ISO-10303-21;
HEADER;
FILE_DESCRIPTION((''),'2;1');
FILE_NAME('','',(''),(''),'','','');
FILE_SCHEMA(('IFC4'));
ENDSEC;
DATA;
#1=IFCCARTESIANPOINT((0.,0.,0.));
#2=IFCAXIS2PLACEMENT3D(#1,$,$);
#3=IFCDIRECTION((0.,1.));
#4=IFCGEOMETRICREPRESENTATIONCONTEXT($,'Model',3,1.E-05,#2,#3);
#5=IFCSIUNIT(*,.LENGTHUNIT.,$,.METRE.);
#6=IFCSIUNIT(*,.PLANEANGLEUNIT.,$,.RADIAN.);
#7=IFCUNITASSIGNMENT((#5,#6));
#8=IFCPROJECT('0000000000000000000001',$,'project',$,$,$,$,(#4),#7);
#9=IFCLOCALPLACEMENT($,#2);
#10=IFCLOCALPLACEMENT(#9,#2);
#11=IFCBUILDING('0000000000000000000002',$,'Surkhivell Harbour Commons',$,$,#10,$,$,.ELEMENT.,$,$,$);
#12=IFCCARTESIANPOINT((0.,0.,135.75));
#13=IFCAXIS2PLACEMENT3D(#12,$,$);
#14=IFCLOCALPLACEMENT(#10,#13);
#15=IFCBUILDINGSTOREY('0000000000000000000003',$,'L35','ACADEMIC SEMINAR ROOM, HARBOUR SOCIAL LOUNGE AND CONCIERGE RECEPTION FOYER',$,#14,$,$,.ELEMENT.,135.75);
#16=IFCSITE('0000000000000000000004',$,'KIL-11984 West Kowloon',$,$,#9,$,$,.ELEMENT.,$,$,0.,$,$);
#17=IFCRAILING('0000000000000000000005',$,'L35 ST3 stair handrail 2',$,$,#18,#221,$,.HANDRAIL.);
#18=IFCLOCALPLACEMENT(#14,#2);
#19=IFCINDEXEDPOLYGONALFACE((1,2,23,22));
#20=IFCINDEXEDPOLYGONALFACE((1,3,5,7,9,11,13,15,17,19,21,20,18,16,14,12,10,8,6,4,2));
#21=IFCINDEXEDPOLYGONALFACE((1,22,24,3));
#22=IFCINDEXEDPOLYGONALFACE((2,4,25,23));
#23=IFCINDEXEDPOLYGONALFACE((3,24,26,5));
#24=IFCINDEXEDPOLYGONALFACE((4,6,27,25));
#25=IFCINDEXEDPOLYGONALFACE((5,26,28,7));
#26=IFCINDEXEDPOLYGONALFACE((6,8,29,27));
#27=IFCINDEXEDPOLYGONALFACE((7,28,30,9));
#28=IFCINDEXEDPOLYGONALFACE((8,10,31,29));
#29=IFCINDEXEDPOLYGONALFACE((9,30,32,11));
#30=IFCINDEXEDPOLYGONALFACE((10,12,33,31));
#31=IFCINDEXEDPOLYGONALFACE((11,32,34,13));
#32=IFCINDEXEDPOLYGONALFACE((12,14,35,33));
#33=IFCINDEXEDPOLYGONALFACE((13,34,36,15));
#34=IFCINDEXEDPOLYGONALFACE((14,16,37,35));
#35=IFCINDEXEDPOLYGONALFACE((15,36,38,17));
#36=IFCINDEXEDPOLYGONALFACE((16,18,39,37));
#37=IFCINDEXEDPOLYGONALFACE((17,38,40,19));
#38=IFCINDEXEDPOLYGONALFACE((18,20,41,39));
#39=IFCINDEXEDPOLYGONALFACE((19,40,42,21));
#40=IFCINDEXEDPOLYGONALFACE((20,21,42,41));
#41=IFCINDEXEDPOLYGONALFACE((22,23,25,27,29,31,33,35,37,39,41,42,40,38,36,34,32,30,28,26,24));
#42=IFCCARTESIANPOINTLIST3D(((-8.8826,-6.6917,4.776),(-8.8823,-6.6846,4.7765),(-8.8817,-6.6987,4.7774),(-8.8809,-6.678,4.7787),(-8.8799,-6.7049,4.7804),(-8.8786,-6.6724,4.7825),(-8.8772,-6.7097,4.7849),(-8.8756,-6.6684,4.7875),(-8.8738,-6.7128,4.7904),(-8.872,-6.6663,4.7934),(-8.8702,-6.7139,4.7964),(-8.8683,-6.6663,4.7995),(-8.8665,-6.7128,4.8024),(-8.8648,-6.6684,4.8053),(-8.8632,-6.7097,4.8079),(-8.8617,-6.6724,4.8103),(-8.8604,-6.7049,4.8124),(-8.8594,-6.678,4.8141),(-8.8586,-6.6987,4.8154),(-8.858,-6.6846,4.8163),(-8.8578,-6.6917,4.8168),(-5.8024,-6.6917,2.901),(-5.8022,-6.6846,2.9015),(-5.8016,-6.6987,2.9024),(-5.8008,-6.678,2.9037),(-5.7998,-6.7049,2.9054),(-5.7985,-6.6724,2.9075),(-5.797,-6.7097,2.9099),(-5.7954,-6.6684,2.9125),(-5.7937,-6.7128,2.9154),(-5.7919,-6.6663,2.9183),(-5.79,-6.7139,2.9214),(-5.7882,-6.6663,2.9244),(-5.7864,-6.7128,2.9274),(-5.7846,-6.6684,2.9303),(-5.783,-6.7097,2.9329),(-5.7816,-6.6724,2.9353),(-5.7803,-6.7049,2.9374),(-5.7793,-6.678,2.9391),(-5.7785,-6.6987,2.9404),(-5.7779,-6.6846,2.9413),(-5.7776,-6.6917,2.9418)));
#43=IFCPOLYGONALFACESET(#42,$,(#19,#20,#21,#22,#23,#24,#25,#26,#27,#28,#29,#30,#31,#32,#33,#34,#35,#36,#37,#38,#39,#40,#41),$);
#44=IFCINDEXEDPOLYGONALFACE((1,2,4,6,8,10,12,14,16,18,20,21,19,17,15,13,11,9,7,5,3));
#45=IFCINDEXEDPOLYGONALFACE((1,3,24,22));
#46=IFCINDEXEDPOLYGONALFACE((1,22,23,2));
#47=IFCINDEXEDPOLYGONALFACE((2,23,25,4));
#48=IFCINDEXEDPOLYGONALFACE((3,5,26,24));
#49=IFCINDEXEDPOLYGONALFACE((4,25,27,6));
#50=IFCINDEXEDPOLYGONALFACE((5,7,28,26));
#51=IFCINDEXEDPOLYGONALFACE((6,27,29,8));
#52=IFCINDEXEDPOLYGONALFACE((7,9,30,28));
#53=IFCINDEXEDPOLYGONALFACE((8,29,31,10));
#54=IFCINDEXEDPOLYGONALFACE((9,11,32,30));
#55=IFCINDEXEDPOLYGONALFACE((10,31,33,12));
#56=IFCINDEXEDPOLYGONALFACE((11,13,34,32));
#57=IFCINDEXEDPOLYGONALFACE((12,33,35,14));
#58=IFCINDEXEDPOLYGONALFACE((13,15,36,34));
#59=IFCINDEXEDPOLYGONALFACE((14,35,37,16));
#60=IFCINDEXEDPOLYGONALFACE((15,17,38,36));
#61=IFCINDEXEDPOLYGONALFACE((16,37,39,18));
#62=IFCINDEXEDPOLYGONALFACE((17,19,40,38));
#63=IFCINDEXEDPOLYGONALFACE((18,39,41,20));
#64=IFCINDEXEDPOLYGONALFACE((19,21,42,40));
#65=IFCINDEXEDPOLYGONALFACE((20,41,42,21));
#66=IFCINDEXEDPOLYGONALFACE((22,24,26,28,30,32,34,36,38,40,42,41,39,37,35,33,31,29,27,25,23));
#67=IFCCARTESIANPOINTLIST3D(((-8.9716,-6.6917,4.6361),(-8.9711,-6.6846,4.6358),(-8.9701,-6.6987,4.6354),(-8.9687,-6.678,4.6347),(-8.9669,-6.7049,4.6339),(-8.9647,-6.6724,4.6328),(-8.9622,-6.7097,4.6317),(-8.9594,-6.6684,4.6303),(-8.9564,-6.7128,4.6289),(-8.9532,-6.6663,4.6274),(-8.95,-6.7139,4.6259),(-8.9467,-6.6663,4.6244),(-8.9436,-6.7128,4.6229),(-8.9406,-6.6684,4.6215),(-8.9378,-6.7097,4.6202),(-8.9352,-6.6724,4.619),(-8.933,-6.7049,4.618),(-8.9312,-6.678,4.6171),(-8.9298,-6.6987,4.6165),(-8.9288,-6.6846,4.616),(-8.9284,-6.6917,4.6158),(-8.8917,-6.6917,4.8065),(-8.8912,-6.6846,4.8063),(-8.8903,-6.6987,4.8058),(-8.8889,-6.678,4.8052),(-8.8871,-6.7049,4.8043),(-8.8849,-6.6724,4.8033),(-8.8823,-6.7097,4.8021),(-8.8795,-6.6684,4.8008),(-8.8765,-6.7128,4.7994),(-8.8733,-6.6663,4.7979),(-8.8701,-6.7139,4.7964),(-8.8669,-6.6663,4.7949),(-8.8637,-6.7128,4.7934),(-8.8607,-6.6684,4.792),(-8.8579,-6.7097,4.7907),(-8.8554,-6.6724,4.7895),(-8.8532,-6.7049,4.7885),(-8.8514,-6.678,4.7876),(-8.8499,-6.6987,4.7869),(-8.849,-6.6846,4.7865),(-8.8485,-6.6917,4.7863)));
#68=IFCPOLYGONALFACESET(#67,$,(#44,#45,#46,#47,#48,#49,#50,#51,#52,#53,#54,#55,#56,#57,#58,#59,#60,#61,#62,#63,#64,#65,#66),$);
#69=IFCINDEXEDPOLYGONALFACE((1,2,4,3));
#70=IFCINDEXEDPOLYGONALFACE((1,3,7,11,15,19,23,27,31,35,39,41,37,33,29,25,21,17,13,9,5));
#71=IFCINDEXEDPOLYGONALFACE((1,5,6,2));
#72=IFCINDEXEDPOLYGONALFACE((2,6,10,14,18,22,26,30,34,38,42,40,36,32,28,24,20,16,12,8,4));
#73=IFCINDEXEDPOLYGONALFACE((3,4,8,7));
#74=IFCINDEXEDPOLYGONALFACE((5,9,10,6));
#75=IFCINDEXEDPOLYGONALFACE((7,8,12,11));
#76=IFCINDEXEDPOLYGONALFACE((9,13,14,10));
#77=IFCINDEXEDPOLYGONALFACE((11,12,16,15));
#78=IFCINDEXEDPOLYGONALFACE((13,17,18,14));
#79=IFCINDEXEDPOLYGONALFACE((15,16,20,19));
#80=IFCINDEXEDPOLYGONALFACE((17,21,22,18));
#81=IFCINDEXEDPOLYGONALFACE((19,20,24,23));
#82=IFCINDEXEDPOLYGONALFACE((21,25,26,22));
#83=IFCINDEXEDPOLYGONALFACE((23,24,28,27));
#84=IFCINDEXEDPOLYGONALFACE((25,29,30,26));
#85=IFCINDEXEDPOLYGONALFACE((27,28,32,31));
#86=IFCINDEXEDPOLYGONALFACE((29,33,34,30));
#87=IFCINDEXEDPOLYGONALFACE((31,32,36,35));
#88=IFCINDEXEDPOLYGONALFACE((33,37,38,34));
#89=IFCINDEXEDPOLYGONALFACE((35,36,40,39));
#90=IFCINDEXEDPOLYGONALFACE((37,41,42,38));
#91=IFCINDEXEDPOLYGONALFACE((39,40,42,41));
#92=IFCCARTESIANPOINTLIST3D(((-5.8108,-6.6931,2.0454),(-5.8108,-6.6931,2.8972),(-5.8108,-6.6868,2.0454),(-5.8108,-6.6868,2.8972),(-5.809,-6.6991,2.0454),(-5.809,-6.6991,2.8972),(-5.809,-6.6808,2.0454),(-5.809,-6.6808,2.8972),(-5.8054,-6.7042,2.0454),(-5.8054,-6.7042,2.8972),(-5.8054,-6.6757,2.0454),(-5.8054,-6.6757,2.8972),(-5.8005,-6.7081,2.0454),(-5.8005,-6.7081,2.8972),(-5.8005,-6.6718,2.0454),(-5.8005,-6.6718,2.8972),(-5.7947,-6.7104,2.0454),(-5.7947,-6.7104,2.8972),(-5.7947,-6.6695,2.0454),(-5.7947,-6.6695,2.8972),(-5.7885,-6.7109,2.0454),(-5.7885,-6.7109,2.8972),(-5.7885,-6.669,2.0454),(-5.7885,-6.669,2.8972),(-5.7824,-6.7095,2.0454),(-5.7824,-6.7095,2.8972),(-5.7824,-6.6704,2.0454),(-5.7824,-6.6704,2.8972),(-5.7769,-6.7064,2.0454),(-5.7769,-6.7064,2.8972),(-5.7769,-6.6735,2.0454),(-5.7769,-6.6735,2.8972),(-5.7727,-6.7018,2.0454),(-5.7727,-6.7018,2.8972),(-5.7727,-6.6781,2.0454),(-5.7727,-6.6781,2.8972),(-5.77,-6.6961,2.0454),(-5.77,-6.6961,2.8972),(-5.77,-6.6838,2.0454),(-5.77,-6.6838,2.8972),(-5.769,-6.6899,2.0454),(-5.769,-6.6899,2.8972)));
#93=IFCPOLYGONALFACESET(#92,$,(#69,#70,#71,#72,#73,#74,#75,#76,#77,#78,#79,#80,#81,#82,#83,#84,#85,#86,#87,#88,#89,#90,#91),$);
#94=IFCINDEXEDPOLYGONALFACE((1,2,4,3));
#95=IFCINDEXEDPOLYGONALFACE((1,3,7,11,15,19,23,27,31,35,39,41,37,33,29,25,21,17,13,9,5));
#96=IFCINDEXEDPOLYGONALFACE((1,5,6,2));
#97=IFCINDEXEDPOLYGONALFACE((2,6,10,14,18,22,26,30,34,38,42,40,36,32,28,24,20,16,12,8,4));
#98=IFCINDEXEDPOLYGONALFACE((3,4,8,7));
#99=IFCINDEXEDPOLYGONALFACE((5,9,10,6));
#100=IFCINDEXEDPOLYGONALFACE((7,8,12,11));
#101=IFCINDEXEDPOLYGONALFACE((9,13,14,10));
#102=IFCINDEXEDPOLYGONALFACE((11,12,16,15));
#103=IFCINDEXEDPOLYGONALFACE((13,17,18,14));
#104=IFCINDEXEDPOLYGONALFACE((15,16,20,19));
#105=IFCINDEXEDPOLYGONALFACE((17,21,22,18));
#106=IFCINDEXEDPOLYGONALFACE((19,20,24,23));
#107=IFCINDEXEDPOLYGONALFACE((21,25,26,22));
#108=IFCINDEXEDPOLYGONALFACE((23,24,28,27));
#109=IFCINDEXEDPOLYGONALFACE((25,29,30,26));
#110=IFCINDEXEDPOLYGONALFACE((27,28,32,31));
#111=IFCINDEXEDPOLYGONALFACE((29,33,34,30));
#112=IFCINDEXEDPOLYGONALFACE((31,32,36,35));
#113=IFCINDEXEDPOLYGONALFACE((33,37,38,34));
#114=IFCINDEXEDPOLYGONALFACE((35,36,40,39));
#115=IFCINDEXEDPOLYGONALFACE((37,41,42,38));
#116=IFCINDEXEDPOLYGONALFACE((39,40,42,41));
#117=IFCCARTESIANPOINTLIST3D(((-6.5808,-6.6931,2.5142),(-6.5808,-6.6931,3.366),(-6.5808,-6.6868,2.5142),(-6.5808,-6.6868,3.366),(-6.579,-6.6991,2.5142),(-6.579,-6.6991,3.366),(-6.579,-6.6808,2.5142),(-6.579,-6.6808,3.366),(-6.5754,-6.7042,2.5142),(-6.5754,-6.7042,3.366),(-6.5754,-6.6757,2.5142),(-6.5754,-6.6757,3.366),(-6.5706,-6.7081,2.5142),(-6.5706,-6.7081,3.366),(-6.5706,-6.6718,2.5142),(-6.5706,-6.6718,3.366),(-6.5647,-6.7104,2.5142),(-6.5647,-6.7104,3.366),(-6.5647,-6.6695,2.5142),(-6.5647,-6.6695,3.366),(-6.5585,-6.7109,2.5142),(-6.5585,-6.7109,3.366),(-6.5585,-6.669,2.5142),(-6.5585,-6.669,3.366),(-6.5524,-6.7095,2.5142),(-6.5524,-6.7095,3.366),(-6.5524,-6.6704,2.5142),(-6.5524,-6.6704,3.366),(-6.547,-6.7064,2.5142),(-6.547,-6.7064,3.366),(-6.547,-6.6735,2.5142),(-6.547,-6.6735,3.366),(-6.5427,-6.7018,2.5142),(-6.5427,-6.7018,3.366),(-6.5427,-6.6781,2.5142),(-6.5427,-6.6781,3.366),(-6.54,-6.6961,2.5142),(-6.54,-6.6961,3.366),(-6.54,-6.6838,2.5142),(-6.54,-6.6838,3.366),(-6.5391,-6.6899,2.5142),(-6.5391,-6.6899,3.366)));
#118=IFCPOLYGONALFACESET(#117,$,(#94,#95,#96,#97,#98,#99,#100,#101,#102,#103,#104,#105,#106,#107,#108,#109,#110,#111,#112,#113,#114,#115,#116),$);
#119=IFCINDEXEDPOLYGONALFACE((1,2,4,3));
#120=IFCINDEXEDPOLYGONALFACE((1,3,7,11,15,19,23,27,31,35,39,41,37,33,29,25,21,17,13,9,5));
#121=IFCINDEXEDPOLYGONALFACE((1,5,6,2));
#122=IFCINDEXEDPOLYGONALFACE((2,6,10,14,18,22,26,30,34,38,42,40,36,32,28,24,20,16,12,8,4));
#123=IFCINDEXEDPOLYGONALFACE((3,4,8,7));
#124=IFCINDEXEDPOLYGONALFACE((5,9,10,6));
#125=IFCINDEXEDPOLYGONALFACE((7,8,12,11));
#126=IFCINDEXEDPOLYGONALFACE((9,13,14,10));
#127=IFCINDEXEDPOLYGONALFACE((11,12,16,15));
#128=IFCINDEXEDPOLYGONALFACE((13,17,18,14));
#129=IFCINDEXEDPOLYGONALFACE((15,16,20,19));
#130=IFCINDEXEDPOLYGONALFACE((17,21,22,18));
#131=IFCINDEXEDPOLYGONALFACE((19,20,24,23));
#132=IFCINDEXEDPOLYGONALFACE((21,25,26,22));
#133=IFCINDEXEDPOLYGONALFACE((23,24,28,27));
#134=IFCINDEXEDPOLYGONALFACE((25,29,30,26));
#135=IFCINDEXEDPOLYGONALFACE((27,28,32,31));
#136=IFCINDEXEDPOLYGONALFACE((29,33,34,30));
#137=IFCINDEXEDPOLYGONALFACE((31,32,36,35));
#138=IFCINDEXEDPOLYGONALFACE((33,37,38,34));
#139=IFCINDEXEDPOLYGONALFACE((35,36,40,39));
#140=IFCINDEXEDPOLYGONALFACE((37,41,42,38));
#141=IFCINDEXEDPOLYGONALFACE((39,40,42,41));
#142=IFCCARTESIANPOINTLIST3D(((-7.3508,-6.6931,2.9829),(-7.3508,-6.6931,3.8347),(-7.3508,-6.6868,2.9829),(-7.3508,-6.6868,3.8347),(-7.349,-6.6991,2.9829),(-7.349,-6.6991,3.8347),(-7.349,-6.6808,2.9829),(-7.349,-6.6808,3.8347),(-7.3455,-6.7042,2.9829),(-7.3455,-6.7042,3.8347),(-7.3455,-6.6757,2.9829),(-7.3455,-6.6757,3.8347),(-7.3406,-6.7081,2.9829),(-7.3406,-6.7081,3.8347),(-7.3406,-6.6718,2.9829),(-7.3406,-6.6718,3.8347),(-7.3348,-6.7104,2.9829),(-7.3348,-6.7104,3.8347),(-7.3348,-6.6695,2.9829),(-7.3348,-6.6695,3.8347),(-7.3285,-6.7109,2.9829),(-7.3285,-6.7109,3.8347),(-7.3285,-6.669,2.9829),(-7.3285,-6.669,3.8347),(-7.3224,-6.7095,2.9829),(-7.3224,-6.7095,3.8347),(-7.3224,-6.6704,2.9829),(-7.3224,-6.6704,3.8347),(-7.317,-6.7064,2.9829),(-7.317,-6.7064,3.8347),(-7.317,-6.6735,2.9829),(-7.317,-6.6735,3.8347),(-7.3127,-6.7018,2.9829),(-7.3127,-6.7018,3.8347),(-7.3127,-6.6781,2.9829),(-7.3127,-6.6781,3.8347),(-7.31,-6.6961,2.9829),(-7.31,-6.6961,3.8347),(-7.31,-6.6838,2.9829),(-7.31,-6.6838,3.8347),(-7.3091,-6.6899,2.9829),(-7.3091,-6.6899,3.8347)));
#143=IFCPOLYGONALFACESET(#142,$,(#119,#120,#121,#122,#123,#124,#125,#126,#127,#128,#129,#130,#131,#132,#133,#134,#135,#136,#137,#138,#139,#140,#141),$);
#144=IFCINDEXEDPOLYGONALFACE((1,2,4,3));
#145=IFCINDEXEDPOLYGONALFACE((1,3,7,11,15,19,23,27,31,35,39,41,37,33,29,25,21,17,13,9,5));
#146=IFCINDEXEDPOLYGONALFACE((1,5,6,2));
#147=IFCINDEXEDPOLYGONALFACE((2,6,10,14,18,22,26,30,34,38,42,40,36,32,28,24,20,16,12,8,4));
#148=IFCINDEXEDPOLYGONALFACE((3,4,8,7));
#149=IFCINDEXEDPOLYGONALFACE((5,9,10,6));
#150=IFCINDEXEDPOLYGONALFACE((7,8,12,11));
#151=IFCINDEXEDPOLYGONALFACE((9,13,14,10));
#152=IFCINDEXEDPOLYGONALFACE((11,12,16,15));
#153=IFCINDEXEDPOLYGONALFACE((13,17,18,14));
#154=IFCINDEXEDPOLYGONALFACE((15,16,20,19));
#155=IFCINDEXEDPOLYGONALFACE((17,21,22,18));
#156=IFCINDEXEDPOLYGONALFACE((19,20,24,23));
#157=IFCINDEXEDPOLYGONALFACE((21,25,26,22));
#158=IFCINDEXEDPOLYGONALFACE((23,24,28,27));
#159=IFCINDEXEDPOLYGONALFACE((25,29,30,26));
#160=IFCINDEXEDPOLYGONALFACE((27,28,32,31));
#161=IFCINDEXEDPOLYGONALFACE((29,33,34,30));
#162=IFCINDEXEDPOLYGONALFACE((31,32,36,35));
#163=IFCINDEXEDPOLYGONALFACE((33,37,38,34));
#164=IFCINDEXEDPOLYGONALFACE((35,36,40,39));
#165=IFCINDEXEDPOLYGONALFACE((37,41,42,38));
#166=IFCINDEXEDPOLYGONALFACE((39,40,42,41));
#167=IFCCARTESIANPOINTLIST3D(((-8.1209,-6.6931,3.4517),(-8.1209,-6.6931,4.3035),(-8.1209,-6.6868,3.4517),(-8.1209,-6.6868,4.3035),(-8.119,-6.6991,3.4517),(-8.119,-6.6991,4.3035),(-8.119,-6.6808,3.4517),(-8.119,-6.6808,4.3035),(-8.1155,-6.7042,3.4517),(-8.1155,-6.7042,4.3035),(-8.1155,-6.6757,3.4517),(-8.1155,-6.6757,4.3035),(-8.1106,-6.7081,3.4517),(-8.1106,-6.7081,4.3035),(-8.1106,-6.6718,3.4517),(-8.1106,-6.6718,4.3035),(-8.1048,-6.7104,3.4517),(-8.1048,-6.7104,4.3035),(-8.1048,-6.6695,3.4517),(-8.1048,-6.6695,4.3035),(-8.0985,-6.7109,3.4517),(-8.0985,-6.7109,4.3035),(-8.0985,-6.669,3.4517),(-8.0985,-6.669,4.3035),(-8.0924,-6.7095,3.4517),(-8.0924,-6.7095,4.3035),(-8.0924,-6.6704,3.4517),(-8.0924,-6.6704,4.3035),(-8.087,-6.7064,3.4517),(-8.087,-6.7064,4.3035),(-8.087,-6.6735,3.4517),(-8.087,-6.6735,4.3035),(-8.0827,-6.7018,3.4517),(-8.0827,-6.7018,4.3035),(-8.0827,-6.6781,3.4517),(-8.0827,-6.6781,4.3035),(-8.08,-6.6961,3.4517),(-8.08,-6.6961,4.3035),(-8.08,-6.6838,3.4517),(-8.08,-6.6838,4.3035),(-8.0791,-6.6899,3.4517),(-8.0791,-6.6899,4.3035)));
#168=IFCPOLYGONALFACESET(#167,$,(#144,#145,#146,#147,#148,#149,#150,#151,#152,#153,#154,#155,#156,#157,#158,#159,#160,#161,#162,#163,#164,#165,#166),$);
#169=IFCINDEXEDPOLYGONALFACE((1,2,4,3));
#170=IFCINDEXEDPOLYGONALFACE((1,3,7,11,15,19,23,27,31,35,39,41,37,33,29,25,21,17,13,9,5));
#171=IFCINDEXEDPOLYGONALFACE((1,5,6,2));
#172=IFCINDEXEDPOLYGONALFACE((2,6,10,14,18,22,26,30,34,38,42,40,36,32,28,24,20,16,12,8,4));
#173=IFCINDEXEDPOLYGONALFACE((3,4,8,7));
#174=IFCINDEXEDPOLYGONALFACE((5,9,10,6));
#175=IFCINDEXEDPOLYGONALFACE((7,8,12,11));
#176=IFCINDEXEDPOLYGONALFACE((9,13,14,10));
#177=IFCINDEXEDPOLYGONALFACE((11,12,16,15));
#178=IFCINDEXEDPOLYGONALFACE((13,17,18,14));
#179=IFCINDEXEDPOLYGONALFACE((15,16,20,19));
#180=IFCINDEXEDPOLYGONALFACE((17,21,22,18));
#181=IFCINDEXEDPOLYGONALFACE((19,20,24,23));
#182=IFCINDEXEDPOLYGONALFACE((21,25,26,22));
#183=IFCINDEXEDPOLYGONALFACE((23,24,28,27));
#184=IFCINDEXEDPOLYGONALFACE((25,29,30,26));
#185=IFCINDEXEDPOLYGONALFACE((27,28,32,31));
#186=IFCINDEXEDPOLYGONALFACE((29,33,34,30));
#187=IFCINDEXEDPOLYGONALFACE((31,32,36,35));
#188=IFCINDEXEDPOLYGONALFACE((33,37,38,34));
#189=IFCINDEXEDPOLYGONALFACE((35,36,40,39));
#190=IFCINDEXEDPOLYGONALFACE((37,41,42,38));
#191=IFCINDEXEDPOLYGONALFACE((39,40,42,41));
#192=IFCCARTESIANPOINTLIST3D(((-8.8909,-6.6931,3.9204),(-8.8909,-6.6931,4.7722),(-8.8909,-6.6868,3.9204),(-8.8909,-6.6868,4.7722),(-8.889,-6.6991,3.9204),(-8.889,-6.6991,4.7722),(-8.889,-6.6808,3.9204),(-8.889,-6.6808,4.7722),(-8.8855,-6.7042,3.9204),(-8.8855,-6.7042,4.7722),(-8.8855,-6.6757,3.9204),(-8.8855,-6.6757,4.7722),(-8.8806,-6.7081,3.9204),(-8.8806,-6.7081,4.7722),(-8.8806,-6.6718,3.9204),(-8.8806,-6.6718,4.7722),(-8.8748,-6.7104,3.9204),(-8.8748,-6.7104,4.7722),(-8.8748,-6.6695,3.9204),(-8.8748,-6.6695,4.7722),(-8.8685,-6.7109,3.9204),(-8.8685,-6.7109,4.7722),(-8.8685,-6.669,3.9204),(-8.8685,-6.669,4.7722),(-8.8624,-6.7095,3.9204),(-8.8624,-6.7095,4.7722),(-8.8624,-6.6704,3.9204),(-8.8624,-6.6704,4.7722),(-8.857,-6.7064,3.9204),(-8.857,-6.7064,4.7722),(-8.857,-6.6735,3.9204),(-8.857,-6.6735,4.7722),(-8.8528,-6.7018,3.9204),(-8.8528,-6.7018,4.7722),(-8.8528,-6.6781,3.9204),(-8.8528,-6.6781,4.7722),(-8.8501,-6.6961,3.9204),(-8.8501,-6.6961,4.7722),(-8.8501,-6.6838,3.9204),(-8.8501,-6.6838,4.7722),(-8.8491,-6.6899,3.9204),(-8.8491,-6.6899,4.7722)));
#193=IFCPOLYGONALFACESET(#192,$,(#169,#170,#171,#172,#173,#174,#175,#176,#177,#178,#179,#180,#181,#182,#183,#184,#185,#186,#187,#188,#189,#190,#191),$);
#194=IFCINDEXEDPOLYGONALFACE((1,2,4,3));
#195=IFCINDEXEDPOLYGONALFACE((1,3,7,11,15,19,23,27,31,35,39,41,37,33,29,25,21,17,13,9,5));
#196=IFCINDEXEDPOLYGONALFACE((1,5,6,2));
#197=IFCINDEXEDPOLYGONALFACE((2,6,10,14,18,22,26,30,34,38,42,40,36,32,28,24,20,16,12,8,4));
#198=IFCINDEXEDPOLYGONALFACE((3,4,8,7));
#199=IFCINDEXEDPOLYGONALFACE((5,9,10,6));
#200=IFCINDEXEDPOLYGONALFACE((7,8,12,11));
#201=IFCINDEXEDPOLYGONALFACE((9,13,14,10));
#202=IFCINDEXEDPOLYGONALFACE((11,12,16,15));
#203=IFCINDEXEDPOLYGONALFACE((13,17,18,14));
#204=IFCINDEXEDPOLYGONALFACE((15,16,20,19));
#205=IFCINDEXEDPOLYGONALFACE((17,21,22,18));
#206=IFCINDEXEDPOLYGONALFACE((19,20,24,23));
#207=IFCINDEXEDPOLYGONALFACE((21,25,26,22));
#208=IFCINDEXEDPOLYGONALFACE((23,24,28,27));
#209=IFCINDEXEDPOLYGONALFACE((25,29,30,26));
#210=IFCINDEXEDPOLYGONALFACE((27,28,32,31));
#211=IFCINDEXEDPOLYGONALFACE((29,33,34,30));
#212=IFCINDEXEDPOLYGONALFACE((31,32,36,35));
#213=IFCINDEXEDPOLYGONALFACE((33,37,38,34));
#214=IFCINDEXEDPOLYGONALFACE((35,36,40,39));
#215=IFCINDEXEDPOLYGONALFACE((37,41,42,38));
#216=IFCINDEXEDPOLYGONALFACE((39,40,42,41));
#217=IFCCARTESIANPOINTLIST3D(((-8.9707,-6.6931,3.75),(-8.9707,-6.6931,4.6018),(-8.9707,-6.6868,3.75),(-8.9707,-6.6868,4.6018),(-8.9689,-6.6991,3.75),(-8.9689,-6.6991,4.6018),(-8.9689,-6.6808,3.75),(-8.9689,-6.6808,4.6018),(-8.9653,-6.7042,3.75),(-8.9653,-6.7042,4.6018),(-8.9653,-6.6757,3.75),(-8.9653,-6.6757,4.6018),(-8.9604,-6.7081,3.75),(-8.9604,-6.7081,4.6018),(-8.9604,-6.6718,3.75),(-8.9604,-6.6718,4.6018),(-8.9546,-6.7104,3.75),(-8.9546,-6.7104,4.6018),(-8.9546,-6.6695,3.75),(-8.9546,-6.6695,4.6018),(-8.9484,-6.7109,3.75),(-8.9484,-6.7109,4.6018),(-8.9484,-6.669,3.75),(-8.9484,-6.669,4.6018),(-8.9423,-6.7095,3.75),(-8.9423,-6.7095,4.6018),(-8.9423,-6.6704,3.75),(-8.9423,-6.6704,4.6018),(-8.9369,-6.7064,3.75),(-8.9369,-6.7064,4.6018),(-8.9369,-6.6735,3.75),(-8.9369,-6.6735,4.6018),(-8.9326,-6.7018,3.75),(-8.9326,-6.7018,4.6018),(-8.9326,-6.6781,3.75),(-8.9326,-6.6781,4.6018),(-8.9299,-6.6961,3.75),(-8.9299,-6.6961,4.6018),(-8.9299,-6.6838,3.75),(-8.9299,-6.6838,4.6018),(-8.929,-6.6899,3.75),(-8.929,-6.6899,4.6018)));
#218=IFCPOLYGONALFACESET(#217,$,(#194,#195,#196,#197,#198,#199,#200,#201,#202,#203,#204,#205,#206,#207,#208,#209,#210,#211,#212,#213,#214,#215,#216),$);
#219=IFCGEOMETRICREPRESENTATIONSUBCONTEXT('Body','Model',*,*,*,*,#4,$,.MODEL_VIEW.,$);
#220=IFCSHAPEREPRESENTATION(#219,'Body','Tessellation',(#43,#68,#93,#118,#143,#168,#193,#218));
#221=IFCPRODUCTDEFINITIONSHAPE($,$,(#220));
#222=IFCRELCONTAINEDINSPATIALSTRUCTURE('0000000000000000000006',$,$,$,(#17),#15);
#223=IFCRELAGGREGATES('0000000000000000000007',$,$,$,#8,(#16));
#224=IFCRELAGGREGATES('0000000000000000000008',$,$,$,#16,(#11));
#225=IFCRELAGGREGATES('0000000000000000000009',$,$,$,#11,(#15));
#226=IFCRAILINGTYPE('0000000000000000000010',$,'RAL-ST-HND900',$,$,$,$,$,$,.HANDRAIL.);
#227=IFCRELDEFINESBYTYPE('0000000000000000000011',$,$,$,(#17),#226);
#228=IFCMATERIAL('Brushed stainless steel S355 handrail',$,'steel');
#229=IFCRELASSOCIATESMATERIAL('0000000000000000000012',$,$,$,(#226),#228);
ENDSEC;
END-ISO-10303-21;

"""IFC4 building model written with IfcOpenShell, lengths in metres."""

from ifc_helpers import new_model, si_unit, direction, frame, origin, origin_2d, place, context, subcontext, project, spatial, circle, extrude, material, type_object, element, save


model = new_model("IFC4")

# Units and contexts
model_context = context("Model", 3, precision=1e-05, world=origin(), true_north=direction((0.0, 1.0)))
body_context = subcontext(model_context, "Body", "Model", "MODEL_VIEW")
ifc_project = project(units=[si_unit("LENGTHUNIT", "METRE"), si_unit("PLANEANGLEUNIT", "RADIAN")], contexts=[model_context])

# Site, building, storey
site_placement = place(None, origin())
site = spatial("IfcSite", under=ifc_project, at=site_placement, Name="KIL-11984 West Kowloon", CompositionType="ELEMENT", RefElevation=0.0)
building_placement = place(site_placement, origin())
building = spatial("IfcBuilding", under=site, at=building_placement, Name="Surkhivell Harbour Commons", CompositionType="ELEMENT")
storey_placement = place(building_placement, frame((0.0, 0.0, 135.75)))
storey = spatial("IfcBuildingStorey", under=building, at=storey_placement, Name="L35", Description="ACADEMIC SEMINAR ROOM, HARBOUR SOCIAL LOUNGE AND CONCIERGE RECEPTION FOYER", CompositionType="ELEMENT", Elevation=135.75)

# Railing
ifc_material_1 = material(Name="Brushed stainless steel S355 handrail", Category="steel")
railing_type_1 = type_object("IfcRailingType", Name="RAL-ST-HND900", PredefinedType="HANDRAIL", material=ifc_material_1)
railing_1_placement = place(storey_placement, frame((-5.79, -6.6899, 2.0454)))
element("IfcRailing", 1, at=railing_1_placement, inside=storey, type_object=railing_type_1, Name="L35 ST3 stair handrail 2", PredefinedType="HANDRAIL", context=body_context, shape_type="SweptSolid", body=[
    extrude(circle(Radius=0.0239, at=origin_2d()), frame((0.0, 0.0, 0.876), z_axis=(-0.854178, 0.0, 0.519981), x_axis=(0.0, -1.0, 0.0)), (0.0, 0.0, 1.0), 3.606),
    extrude(circle(Radius=0.0239, at=origin_2d()), frame((-3.0801, 0.0, 2.751), z_axis=(-0.424234, 0.0, -0.905552), x_axis=(0.0, -1.0, 0.0)), (0.0, 0.0, 1.0), 0.1882),
    extrude(circle(Radius=0.021, at=origin_2d()), origin(), (0.0, 0.0, 1.0), 0.8518),
    extrude(circle(Radius=0.021, at=origin_2d()), frame((-0.77, 0.0, 0.4688)), (0.0, 0.0, 1.0), 0.8518),
    extrude(circle(Radius=0.021, at=origin_2d()), frame((-1.54, 0.0, 0.9375)), (0.0, 0.0, 1.0), 0.8518),
    extrude(circle(Radius=0.021, at=origin_2d()), frame((-2.3101, 0.0, 1.4062)), (0.0, 0.0, 1.0), 0.8518),
    extrude(circle(Radius=0.021, at=origin_2d()), frame((-3.0801, 0.0, 1.875)), (0.0, 0.0, 1.0), 0.8518),
    extrude(circle(Radius=0.021, at=origin_2d()), frame((-3.1599, 0.0, 1.7046)), (0.0, 0.0, 1.0), 0.8518),
])

save(model, "model.ifc")
